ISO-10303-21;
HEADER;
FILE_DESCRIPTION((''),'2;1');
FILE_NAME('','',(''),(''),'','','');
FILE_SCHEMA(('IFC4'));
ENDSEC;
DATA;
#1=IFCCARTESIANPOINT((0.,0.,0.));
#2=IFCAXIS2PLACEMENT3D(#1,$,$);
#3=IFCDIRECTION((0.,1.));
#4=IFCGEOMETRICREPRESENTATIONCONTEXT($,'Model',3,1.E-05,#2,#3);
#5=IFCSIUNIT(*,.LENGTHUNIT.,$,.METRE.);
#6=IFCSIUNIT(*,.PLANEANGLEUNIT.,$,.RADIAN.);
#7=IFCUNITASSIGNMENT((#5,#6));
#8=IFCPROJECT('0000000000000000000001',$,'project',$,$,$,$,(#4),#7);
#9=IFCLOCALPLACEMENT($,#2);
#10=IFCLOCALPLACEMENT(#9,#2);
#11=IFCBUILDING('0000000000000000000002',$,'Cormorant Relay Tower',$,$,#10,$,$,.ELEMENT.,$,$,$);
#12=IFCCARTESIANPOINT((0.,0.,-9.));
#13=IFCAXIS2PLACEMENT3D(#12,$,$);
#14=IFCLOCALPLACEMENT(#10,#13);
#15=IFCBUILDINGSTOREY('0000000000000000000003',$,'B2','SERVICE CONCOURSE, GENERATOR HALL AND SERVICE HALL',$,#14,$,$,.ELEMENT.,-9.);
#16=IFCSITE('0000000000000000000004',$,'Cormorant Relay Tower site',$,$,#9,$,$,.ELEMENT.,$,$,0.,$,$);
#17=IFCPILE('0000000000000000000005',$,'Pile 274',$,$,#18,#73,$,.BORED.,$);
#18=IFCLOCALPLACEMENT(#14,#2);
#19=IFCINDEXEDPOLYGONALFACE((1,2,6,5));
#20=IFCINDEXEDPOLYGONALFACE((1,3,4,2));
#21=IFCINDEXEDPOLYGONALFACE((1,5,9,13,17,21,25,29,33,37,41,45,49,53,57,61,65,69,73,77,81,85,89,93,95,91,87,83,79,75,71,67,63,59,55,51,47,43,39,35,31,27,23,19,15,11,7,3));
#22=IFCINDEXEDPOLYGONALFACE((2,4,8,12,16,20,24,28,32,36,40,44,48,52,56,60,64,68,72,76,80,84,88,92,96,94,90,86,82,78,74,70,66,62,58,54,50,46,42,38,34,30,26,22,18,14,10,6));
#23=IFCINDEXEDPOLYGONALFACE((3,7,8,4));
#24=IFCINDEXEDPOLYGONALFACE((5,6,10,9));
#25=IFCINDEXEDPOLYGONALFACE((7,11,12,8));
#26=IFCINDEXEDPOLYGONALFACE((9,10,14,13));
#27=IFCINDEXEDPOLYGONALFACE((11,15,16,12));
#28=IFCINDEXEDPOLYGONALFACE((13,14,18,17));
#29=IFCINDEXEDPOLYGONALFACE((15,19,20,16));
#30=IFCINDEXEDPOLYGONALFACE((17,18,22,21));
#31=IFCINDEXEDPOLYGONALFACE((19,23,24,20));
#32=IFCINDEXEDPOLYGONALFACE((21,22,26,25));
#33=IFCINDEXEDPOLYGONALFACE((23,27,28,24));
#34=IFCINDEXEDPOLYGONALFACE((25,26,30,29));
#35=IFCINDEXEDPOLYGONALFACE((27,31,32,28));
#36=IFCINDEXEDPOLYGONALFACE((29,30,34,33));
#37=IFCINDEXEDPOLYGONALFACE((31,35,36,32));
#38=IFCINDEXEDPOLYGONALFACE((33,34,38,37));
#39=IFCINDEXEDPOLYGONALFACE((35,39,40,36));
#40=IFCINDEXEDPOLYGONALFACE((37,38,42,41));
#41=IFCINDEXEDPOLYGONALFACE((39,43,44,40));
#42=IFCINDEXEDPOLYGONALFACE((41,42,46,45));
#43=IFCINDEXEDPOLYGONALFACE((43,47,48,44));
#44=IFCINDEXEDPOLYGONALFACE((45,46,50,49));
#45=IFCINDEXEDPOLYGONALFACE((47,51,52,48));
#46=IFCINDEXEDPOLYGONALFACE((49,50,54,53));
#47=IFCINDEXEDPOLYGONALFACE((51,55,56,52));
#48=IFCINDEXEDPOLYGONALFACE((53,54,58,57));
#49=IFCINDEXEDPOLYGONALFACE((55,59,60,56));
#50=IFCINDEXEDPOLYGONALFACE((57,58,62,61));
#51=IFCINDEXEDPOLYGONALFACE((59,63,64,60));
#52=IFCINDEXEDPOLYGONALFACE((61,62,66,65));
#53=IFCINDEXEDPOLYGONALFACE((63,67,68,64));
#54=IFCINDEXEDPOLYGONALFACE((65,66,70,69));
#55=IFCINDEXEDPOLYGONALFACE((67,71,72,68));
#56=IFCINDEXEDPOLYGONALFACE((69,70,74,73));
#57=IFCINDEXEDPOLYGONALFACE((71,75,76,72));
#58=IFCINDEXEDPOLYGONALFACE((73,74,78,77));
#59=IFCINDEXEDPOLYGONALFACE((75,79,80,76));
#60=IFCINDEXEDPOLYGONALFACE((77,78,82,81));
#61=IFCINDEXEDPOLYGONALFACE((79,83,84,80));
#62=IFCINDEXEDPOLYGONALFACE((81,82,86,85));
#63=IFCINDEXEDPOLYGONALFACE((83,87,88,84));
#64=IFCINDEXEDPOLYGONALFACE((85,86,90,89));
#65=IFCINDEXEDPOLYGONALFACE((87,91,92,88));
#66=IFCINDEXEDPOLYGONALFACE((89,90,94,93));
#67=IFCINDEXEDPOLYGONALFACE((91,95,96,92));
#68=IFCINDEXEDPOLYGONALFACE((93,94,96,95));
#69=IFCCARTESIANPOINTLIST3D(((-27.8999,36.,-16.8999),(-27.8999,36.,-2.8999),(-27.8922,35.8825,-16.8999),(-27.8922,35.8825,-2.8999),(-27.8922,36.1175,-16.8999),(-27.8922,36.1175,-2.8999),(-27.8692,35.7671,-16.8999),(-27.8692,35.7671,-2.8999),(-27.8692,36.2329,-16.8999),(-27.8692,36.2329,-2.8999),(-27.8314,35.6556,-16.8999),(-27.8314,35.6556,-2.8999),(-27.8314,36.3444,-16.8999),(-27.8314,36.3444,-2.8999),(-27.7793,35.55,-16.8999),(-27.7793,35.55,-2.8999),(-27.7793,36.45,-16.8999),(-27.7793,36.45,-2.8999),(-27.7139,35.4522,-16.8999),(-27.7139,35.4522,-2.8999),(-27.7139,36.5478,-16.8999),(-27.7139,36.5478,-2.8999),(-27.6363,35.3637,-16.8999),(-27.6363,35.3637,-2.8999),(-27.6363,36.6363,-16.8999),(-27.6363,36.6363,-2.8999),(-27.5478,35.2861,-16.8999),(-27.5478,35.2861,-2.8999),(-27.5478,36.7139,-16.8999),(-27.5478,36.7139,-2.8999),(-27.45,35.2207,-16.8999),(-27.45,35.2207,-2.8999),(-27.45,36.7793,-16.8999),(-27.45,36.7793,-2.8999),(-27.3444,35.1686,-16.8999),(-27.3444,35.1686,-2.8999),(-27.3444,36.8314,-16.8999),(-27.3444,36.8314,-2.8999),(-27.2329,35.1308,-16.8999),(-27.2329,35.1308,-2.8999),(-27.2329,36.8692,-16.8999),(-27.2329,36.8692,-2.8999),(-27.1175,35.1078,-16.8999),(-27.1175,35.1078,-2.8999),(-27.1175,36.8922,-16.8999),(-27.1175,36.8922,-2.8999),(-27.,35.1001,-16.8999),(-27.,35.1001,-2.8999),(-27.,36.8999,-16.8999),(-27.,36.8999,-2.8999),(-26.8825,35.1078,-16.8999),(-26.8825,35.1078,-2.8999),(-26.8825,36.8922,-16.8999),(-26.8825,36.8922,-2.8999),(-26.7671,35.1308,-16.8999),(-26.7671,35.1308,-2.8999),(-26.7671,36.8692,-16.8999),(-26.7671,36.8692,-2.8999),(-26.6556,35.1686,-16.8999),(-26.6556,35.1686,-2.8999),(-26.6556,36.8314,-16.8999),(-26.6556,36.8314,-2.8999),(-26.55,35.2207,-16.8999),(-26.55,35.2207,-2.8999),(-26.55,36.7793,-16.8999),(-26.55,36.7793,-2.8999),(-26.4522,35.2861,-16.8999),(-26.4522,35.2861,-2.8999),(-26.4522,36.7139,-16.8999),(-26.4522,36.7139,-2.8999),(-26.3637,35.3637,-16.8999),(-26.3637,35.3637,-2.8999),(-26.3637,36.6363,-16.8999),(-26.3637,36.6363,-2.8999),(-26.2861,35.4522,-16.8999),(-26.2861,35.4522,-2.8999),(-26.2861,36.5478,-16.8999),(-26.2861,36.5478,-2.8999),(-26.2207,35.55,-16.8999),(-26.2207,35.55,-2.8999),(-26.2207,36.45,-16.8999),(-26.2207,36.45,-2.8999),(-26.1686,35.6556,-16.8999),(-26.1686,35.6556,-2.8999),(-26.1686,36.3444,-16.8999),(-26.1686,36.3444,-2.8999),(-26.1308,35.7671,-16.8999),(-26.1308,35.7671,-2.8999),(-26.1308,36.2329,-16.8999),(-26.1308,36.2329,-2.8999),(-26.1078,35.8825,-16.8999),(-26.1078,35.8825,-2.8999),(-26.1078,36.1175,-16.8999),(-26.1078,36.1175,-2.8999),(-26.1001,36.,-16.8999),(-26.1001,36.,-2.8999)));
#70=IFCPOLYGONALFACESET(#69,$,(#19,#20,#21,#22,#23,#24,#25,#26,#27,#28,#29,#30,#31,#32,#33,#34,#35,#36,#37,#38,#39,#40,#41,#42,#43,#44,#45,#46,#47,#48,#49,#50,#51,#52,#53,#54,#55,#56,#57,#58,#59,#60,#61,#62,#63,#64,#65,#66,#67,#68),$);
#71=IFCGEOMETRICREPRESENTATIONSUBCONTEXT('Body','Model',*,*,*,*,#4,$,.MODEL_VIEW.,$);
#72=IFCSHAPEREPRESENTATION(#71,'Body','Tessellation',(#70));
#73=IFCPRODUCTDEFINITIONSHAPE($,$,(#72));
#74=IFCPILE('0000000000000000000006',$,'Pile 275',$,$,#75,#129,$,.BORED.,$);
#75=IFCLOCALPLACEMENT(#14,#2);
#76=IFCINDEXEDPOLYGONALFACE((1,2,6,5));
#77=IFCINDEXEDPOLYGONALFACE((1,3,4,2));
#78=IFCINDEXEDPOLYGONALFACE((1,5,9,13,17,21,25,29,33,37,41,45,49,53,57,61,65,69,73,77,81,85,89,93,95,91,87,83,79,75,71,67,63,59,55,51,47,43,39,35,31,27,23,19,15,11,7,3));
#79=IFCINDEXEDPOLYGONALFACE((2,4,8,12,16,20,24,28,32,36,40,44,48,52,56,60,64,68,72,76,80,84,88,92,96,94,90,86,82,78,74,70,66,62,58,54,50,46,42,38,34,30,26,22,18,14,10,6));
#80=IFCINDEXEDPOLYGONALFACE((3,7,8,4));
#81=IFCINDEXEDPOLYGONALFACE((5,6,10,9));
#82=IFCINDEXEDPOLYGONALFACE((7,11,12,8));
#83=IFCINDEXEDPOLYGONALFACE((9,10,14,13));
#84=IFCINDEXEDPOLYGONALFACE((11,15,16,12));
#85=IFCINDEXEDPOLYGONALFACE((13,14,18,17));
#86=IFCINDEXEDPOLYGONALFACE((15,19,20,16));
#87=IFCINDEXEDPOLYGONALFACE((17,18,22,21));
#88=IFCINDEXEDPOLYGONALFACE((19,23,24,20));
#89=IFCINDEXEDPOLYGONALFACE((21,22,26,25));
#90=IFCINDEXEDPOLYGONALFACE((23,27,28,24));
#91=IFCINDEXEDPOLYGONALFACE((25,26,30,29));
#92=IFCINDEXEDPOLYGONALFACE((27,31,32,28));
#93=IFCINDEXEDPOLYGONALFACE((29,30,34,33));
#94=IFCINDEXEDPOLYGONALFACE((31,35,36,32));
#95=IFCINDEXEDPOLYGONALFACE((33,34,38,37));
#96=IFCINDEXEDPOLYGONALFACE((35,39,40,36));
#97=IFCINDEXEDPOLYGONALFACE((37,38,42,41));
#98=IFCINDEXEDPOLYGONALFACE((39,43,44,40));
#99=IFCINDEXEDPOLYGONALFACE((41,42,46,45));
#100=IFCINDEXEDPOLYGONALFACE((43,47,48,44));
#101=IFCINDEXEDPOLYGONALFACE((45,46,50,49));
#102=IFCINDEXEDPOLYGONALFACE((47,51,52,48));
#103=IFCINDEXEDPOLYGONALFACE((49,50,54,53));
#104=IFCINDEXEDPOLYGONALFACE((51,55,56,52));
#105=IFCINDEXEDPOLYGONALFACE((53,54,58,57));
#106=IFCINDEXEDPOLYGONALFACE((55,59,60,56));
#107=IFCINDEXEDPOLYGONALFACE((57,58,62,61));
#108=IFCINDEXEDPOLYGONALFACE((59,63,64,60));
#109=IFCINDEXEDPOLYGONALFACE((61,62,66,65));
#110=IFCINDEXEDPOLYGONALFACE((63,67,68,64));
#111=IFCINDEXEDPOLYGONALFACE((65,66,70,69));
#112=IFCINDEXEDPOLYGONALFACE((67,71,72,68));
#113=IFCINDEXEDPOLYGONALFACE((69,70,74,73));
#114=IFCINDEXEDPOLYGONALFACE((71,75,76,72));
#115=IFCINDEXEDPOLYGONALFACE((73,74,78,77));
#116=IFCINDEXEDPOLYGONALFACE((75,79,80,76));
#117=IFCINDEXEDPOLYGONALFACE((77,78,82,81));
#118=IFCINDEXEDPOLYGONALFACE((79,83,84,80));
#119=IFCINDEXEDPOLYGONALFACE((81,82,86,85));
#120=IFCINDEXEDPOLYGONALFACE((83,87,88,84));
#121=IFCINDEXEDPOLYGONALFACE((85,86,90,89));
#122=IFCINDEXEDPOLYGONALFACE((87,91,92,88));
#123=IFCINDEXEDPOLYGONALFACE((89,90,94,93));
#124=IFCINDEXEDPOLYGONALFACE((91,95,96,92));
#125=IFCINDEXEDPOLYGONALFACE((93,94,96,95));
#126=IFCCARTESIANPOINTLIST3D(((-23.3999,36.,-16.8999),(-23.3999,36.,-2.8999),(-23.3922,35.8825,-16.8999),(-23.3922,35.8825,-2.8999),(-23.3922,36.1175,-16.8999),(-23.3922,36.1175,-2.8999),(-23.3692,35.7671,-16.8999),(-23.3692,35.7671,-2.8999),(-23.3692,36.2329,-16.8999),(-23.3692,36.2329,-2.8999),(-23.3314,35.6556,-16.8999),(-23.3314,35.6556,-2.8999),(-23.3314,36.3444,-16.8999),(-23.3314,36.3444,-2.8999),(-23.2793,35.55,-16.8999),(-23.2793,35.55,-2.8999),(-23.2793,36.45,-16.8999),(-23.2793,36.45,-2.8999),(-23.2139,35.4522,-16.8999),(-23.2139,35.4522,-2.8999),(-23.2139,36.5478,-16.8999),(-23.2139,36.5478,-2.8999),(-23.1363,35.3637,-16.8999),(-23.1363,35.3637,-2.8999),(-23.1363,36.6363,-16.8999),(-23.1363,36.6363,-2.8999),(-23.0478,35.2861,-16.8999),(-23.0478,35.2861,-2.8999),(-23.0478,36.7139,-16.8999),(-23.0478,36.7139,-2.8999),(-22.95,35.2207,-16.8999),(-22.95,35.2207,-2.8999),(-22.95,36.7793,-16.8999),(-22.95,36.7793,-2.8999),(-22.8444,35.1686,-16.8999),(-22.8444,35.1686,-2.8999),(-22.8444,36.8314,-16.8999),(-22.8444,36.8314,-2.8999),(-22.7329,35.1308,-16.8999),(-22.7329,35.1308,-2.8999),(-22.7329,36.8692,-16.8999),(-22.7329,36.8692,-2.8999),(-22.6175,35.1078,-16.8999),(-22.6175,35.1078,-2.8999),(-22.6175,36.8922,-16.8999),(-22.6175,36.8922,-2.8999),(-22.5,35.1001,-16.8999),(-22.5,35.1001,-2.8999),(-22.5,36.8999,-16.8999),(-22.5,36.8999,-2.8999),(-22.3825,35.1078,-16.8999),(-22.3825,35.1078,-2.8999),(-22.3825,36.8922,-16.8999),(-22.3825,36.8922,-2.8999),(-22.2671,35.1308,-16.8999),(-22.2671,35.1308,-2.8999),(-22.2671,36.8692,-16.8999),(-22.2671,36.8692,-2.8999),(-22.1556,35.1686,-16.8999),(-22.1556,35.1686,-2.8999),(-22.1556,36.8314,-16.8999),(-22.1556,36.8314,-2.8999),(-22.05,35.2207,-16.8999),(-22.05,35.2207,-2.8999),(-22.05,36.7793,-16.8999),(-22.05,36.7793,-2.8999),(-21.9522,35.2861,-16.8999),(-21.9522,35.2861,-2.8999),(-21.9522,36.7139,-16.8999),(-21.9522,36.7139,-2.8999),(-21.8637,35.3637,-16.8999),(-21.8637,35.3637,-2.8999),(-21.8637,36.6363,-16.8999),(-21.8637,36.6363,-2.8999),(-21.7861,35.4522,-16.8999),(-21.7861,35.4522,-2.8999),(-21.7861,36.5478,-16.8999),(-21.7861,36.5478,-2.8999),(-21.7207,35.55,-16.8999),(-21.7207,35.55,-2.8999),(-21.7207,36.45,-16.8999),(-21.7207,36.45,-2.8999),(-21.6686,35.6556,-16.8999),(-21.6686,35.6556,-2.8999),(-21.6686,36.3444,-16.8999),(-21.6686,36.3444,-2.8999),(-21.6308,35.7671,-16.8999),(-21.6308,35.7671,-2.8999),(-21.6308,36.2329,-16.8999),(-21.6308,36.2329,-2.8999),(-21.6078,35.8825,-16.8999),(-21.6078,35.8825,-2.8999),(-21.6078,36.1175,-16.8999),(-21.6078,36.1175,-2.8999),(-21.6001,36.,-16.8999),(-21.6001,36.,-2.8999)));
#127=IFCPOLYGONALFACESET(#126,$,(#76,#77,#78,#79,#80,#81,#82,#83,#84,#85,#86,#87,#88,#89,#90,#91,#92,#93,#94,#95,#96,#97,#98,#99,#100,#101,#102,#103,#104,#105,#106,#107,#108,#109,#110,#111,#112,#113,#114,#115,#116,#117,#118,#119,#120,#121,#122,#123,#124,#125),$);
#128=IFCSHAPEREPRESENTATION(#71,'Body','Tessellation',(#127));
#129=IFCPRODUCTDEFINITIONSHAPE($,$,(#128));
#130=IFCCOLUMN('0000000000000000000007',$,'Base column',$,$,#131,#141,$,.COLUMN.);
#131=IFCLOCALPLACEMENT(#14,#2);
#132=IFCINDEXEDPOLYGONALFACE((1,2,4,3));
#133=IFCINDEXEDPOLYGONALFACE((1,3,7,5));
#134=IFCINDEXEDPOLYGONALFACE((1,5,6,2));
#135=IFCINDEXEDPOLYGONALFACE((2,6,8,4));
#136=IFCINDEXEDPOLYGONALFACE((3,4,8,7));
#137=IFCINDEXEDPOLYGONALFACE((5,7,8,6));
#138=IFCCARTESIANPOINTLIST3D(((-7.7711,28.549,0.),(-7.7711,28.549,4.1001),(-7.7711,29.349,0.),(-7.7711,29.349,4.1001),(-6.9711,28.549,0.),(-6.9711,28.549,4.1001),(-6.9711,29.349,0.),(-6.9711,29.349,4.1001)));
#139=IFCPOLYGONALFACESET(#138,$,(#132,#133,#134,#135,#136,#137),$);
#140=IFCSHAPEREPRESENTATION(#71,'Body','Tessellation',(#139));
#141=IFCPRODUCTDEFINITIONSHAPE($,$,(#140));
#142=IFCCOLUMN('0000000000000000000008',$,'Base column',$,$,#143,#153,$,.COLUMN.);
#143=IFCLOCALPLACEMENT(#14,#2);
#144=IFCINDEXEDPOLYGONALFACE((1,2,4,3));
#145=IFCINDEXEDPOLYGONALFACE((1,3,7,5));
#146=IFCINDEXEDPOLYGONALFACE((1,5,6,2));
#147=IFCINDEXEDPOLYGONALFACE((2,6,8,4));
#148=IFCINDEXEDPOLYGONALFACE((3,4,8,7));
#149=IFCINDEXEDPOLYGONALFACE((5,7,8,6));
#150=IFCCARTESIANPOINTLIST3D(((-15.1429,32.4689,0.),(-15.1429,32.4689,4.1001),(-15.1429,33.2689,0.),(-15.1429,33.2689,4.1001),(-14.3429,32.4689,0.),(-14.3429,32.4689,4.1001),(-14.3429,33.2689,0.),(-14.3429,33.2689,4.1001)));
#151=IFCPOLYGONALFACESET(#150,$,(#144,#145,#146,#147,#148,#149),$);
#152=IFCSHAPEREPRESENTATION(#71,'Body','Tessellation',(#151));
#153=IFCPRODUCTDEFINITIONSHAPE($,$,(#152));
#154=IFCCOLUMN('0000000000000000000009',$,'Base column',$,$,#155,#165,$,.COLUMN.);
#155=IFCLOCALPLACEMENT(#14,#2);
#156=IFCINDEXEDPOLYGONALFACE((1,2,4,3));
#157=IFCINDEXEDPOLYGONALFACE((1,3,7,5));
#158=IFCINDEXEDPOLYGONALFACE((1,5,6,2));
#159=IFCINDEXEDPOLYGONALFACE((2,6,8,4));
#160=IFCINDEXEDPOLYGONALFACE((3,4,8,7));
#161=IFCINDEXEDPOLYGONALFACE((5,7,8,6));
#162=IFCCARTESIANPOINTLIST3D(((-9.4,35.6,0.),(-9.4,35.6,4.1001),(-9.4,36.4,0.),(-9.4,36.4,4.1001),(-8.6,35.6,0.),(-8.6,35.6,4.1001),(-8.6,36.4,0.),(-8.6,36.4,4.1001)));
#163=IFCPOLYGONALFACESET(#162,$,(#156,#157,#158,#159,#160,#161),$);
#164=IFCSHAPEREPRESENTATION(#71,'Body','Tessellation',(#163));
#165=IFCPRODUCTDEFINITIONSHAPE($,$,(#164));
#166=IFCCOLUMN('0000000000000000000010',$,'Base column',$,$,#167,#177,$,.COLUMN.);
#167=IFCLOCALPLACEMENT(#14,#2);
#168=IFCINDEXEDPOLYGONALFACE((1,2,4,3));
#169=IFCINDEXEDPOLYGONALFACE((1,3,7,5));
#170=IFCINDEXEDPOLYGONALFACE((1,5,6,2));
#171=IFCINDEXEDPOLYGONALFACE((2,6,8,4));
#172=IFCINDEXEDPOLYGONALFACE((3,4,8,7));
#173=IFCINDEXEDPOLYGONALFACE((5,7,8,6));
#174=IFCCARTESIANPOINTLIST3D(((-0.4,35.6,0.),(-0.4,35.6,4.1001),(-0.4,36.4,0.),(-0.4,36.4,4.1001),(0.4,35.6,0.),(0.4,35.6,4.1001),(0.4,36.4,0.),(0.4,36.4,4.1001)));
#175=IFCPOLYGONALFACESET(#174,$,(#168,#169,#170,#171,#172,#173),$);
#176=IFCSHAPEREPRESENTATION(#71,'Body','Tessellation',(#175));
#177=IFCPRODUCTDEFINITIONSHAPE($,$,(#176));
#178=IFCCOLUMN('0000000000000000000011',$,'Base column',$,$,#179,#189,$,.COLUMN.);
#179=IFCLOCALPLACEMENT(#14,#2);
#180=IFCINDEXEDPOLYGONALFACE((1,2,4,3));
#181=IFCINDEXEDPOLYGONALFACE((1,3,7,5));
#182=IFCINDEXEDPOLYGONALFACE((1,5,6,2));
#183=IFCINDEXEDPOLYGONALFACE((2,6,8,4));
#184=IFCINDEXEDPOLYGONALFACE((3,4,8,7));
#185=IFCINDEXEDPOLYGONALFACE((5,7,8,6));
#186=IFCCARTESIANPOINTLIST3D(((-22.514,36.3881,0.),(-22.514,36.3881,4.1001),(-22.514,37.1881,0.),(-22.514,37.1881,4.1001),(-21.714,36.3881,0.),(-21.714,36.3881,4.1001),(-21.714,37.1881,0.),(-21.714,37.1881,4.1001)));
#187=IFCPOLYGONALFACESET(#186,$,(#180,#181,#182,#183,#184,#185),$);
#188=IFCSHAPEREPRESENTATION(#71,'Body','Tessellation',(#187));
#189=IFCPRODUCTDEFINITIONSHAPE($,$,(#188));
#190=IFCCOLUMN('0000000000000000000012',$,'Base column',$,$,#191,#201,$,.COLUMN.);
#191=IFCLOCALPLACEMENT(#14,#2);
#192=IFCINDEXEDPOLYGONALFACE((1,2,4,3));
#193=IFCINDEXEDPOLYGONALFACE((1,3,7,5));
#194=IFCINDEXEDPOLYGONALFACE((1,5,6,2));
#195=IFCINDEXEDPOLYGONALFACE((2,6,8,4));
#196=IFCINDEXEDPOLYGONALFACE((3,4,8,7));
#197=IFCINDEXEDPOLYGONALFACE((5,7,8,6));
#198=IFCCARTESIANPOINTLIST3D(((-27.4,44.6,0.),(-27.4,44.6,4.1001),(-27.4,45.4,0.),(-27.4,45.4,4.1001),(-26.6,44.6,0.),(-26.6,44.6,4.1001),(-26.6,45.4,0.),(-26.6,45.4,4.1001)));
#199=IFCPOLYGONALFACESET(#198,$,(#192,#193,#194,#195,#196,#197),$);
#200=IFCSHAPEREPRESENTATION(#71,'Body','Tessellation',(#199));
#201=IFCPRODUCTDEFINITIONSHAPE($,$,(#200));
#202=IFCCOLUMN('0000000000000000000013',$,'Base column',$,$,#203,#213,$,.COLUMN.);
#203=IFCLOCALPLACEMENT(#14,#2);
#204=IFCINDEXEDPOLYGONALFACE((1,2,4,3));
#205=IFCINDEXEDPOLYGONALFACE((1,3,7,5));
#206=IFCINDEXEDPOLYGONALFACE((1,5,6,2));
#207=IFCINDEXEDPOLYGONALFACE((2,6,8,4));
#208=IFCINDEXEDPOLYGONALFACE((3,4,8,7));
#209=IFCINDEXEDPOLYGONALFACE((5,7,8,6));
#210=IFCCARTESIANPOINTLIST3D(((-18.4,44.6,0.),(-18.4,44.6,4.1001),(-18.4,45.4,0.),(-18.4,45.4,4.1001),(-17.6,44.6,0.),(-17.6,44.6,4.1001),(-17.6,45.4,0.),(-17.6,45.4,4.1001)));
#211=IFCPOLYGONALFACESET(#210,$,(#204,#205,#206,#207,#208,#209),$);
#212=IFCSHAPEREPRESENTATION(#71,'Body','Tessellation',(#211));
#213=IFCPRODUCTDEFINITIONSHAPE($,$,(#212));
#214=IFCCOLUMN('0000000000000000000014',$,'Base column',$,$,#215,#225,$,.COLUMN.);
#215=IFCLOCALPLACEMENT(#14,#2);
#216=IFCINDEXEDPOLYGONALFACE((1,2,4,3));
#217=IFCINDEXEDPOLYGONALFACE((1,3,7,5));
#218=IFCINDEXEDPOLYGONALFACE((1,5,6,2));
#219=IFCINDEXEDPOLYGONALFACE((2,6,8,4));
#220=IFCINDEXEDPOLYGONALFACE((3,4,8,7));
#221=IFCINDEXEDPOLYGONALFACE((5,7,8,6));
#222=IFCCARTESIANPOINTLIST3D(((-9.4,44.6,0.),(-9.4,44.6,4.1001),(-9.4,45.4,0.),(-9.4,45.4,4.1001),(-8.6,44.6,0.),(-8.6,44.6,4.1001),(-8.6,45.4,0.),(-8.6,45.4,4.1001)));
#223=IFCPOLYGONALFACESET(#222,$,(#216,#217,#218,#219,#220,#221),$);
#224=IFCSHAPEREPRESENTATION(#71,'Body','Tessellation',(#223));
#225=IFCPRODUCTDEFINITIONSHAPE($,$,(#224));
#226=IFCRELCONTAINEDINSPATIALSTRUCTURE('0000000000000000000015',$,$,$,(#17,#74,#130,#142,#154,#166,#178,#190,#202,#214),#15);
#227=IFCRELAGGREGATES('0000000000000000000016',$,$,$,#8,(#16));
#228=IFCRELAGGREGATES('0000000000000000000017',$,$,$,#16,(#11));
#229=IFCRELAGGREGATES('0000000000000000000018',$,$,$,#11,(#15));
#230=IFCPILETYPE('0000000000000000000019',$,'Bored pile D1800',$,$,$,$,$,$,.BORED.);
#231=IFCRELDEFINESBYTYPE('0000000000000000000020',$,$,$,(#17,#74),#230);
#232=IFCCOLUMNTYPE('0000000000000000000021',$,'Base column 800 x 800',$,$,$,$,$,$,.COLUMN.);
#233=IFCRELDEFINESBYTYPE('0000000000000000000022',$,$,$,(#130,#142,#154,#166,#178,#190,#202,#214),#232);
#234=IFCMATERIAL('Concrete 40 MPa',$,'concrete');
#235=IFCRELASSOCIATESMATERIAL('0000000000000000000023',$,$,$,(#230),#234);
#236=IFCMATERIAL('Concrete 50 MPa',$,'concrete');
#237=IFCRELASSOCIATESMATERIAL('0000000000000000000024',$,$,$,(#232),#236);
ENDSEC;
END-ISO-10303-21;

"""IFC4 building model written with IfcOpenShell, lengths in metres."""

from ifc_helpers import new_model, si_unit, direction, frame, origin, origin_2d, place, context, subcontext, project, spatial, rectangle, circle, extrude, material, material_profile, profile_set, type_object, element, save


model = new_model("IFC4")

# Units and contexts
model_context = context("Model", 3, precision=1e-05, world=origin(), true_north=direction((0.0, 1.0)))
body_context = subcontext(model_context, "Body", "Model", "MODEL_VIEW")
ifc_project = project(units=[si_unit("LENGTHUNIT", "METRE"), si_unit("PLANEANGLEUNIT", "RADIAN")], contexts=[model_context])

# Site, building, storey
site_placement = place(None, origin())
site = spatial("IfcSite", under=ifc_project, at=site_placement, Name="Cormorant Relay Tower site", CompositionType="ELEMENT", RefElevation=0.0)
building_placement = place(site_placement, origin())
building = spatial("IfcBuilding", under=site, at=building_placement, Name="Cormorant Relay Tower", CompositionType="ELEMENT")
storey_placement = place(building_placement, frame((0.0, 0.0, -9.0)))
storey = spatial("IfcBuildingStorey", under=building, at=storey_placement, Name="B2", Description="SERVICE CONCOURSE, GENERATOR HALL AND SERVICE HALL", CompositionType="ELEMENT", Elevation=-9.0)

# Piles
ifc_material_1 = material(Name="Concrete 40 MPa", Category="concrete")
ifc_material_profile_1 = material_profile(ifc_material_1, circle(Radius=0.8999, at=origin_2d()), Name="BP1800")
ifc_profile_set_1 = profile_set([ifc_material_profile_1], Name="Concrete 40 MPa")
pile_type = type_object("IfcPileType", Name="Bored pile D1800", PredefinedType="BORED", material=ifc_profile_set_1)
for number, where, z_axis, x_axis, name in (
    (1, (-27.0, 36.0, -2.8999), (0.0, 0.0, -1.0), (1.0, 0.0, 0.0), "Pile 274"),
    (2, (-22.5, 36.0, -2.8999), (0.0, 0.0, -1.0), (1.0, 0.0, 0.0), "Pile 275"),
):
    element("IfcPile", number, at=place(storey_placement, frame(where, z_axis=z_axis, x_axis=x_axis)), inside=storey, type_object=pile_type, Name=name, PredefinedType="BORED", context=body_context, shape_type="SweptSolid", body=[
        extrude(circle(Radius=0.8999, at=origin_2d()), origin(), (0.0, 0.0, 1.0), 14.0),
    ])

# Columns
ifc_material_2 = material(Name="Concrete 50 MPa", Category="concrete")
ifc_material_profile_2 = material_profile(ifc_material_2, rectangle(XDim=0.8, YDim=0.8, at=origin_2d()), Name="RC 800x800")
ifc_profile_set_2 = profile_set([ifc_material_profile_2], Name="Concrete 50 MPa")
column_type_1 = type_object("IfcColumnType", Name="Base column 800 x 800", PredefinedType="COLUMN", material=ifc_profile_set_2)
for number, where, z_axis, x_axis, name in (
    (3, (-7.3711, 28.949, 0.0), (0.0, 0.0, 1.0), (1.0, 0.0, 0.0), "Base column"),
    (4, (-14.7429, 32.8689, 0.0), (0.0, 0.0, 1.0), (1.0, 0.0, 0.0), "Base column"),
    (5, (-9.0, 36.0, 0.0), (0.0, 0.0, 1.0), (1.0, 0.0, 0.0), "Base column"),
    (6, (0.0, 36.0, 0.0), (0.0, 0.0, 1.0), (1.0, 0.0, 0.0), "Base column"),
    (7, (-22.114, 36.7881, 0.0), (0.0, 0.0, 1.0), (1.0, 0.0, 0.0), "Base column"),
    (8, (-27.0, 45.0, 0.0), (0.0, 0.0, 1.0), (1.0, 0.0, 0.0), "Base column"),
    (9, (-18.0, 45.0, 0.0), (0.0, 0.0, 1.0), (1.0, 0.0, 0.0), "Base column"),
    (10, (-9.0, 45.0, 0.0), (0.0, 0.0, 1.0), (1.0, 0.0, 0.0), "Base column"),
):
    element("IfcColumn", number, at=place(storey_placement, frame(where, z_axis=z_axis, x_axis=x_axis)), inside=storey, type_object=column_type_1, Name=name, PredefinedType="COLUMN", context=body_context, shape_type="SweptSolid", body=[
        extrude(rectangle(XDim=0.8, YDim=0.8, at=origin_2d()), origin(), (0.0, 0.0, 1.0), 4.1001),
    ])

save(model, "model.ifc")
